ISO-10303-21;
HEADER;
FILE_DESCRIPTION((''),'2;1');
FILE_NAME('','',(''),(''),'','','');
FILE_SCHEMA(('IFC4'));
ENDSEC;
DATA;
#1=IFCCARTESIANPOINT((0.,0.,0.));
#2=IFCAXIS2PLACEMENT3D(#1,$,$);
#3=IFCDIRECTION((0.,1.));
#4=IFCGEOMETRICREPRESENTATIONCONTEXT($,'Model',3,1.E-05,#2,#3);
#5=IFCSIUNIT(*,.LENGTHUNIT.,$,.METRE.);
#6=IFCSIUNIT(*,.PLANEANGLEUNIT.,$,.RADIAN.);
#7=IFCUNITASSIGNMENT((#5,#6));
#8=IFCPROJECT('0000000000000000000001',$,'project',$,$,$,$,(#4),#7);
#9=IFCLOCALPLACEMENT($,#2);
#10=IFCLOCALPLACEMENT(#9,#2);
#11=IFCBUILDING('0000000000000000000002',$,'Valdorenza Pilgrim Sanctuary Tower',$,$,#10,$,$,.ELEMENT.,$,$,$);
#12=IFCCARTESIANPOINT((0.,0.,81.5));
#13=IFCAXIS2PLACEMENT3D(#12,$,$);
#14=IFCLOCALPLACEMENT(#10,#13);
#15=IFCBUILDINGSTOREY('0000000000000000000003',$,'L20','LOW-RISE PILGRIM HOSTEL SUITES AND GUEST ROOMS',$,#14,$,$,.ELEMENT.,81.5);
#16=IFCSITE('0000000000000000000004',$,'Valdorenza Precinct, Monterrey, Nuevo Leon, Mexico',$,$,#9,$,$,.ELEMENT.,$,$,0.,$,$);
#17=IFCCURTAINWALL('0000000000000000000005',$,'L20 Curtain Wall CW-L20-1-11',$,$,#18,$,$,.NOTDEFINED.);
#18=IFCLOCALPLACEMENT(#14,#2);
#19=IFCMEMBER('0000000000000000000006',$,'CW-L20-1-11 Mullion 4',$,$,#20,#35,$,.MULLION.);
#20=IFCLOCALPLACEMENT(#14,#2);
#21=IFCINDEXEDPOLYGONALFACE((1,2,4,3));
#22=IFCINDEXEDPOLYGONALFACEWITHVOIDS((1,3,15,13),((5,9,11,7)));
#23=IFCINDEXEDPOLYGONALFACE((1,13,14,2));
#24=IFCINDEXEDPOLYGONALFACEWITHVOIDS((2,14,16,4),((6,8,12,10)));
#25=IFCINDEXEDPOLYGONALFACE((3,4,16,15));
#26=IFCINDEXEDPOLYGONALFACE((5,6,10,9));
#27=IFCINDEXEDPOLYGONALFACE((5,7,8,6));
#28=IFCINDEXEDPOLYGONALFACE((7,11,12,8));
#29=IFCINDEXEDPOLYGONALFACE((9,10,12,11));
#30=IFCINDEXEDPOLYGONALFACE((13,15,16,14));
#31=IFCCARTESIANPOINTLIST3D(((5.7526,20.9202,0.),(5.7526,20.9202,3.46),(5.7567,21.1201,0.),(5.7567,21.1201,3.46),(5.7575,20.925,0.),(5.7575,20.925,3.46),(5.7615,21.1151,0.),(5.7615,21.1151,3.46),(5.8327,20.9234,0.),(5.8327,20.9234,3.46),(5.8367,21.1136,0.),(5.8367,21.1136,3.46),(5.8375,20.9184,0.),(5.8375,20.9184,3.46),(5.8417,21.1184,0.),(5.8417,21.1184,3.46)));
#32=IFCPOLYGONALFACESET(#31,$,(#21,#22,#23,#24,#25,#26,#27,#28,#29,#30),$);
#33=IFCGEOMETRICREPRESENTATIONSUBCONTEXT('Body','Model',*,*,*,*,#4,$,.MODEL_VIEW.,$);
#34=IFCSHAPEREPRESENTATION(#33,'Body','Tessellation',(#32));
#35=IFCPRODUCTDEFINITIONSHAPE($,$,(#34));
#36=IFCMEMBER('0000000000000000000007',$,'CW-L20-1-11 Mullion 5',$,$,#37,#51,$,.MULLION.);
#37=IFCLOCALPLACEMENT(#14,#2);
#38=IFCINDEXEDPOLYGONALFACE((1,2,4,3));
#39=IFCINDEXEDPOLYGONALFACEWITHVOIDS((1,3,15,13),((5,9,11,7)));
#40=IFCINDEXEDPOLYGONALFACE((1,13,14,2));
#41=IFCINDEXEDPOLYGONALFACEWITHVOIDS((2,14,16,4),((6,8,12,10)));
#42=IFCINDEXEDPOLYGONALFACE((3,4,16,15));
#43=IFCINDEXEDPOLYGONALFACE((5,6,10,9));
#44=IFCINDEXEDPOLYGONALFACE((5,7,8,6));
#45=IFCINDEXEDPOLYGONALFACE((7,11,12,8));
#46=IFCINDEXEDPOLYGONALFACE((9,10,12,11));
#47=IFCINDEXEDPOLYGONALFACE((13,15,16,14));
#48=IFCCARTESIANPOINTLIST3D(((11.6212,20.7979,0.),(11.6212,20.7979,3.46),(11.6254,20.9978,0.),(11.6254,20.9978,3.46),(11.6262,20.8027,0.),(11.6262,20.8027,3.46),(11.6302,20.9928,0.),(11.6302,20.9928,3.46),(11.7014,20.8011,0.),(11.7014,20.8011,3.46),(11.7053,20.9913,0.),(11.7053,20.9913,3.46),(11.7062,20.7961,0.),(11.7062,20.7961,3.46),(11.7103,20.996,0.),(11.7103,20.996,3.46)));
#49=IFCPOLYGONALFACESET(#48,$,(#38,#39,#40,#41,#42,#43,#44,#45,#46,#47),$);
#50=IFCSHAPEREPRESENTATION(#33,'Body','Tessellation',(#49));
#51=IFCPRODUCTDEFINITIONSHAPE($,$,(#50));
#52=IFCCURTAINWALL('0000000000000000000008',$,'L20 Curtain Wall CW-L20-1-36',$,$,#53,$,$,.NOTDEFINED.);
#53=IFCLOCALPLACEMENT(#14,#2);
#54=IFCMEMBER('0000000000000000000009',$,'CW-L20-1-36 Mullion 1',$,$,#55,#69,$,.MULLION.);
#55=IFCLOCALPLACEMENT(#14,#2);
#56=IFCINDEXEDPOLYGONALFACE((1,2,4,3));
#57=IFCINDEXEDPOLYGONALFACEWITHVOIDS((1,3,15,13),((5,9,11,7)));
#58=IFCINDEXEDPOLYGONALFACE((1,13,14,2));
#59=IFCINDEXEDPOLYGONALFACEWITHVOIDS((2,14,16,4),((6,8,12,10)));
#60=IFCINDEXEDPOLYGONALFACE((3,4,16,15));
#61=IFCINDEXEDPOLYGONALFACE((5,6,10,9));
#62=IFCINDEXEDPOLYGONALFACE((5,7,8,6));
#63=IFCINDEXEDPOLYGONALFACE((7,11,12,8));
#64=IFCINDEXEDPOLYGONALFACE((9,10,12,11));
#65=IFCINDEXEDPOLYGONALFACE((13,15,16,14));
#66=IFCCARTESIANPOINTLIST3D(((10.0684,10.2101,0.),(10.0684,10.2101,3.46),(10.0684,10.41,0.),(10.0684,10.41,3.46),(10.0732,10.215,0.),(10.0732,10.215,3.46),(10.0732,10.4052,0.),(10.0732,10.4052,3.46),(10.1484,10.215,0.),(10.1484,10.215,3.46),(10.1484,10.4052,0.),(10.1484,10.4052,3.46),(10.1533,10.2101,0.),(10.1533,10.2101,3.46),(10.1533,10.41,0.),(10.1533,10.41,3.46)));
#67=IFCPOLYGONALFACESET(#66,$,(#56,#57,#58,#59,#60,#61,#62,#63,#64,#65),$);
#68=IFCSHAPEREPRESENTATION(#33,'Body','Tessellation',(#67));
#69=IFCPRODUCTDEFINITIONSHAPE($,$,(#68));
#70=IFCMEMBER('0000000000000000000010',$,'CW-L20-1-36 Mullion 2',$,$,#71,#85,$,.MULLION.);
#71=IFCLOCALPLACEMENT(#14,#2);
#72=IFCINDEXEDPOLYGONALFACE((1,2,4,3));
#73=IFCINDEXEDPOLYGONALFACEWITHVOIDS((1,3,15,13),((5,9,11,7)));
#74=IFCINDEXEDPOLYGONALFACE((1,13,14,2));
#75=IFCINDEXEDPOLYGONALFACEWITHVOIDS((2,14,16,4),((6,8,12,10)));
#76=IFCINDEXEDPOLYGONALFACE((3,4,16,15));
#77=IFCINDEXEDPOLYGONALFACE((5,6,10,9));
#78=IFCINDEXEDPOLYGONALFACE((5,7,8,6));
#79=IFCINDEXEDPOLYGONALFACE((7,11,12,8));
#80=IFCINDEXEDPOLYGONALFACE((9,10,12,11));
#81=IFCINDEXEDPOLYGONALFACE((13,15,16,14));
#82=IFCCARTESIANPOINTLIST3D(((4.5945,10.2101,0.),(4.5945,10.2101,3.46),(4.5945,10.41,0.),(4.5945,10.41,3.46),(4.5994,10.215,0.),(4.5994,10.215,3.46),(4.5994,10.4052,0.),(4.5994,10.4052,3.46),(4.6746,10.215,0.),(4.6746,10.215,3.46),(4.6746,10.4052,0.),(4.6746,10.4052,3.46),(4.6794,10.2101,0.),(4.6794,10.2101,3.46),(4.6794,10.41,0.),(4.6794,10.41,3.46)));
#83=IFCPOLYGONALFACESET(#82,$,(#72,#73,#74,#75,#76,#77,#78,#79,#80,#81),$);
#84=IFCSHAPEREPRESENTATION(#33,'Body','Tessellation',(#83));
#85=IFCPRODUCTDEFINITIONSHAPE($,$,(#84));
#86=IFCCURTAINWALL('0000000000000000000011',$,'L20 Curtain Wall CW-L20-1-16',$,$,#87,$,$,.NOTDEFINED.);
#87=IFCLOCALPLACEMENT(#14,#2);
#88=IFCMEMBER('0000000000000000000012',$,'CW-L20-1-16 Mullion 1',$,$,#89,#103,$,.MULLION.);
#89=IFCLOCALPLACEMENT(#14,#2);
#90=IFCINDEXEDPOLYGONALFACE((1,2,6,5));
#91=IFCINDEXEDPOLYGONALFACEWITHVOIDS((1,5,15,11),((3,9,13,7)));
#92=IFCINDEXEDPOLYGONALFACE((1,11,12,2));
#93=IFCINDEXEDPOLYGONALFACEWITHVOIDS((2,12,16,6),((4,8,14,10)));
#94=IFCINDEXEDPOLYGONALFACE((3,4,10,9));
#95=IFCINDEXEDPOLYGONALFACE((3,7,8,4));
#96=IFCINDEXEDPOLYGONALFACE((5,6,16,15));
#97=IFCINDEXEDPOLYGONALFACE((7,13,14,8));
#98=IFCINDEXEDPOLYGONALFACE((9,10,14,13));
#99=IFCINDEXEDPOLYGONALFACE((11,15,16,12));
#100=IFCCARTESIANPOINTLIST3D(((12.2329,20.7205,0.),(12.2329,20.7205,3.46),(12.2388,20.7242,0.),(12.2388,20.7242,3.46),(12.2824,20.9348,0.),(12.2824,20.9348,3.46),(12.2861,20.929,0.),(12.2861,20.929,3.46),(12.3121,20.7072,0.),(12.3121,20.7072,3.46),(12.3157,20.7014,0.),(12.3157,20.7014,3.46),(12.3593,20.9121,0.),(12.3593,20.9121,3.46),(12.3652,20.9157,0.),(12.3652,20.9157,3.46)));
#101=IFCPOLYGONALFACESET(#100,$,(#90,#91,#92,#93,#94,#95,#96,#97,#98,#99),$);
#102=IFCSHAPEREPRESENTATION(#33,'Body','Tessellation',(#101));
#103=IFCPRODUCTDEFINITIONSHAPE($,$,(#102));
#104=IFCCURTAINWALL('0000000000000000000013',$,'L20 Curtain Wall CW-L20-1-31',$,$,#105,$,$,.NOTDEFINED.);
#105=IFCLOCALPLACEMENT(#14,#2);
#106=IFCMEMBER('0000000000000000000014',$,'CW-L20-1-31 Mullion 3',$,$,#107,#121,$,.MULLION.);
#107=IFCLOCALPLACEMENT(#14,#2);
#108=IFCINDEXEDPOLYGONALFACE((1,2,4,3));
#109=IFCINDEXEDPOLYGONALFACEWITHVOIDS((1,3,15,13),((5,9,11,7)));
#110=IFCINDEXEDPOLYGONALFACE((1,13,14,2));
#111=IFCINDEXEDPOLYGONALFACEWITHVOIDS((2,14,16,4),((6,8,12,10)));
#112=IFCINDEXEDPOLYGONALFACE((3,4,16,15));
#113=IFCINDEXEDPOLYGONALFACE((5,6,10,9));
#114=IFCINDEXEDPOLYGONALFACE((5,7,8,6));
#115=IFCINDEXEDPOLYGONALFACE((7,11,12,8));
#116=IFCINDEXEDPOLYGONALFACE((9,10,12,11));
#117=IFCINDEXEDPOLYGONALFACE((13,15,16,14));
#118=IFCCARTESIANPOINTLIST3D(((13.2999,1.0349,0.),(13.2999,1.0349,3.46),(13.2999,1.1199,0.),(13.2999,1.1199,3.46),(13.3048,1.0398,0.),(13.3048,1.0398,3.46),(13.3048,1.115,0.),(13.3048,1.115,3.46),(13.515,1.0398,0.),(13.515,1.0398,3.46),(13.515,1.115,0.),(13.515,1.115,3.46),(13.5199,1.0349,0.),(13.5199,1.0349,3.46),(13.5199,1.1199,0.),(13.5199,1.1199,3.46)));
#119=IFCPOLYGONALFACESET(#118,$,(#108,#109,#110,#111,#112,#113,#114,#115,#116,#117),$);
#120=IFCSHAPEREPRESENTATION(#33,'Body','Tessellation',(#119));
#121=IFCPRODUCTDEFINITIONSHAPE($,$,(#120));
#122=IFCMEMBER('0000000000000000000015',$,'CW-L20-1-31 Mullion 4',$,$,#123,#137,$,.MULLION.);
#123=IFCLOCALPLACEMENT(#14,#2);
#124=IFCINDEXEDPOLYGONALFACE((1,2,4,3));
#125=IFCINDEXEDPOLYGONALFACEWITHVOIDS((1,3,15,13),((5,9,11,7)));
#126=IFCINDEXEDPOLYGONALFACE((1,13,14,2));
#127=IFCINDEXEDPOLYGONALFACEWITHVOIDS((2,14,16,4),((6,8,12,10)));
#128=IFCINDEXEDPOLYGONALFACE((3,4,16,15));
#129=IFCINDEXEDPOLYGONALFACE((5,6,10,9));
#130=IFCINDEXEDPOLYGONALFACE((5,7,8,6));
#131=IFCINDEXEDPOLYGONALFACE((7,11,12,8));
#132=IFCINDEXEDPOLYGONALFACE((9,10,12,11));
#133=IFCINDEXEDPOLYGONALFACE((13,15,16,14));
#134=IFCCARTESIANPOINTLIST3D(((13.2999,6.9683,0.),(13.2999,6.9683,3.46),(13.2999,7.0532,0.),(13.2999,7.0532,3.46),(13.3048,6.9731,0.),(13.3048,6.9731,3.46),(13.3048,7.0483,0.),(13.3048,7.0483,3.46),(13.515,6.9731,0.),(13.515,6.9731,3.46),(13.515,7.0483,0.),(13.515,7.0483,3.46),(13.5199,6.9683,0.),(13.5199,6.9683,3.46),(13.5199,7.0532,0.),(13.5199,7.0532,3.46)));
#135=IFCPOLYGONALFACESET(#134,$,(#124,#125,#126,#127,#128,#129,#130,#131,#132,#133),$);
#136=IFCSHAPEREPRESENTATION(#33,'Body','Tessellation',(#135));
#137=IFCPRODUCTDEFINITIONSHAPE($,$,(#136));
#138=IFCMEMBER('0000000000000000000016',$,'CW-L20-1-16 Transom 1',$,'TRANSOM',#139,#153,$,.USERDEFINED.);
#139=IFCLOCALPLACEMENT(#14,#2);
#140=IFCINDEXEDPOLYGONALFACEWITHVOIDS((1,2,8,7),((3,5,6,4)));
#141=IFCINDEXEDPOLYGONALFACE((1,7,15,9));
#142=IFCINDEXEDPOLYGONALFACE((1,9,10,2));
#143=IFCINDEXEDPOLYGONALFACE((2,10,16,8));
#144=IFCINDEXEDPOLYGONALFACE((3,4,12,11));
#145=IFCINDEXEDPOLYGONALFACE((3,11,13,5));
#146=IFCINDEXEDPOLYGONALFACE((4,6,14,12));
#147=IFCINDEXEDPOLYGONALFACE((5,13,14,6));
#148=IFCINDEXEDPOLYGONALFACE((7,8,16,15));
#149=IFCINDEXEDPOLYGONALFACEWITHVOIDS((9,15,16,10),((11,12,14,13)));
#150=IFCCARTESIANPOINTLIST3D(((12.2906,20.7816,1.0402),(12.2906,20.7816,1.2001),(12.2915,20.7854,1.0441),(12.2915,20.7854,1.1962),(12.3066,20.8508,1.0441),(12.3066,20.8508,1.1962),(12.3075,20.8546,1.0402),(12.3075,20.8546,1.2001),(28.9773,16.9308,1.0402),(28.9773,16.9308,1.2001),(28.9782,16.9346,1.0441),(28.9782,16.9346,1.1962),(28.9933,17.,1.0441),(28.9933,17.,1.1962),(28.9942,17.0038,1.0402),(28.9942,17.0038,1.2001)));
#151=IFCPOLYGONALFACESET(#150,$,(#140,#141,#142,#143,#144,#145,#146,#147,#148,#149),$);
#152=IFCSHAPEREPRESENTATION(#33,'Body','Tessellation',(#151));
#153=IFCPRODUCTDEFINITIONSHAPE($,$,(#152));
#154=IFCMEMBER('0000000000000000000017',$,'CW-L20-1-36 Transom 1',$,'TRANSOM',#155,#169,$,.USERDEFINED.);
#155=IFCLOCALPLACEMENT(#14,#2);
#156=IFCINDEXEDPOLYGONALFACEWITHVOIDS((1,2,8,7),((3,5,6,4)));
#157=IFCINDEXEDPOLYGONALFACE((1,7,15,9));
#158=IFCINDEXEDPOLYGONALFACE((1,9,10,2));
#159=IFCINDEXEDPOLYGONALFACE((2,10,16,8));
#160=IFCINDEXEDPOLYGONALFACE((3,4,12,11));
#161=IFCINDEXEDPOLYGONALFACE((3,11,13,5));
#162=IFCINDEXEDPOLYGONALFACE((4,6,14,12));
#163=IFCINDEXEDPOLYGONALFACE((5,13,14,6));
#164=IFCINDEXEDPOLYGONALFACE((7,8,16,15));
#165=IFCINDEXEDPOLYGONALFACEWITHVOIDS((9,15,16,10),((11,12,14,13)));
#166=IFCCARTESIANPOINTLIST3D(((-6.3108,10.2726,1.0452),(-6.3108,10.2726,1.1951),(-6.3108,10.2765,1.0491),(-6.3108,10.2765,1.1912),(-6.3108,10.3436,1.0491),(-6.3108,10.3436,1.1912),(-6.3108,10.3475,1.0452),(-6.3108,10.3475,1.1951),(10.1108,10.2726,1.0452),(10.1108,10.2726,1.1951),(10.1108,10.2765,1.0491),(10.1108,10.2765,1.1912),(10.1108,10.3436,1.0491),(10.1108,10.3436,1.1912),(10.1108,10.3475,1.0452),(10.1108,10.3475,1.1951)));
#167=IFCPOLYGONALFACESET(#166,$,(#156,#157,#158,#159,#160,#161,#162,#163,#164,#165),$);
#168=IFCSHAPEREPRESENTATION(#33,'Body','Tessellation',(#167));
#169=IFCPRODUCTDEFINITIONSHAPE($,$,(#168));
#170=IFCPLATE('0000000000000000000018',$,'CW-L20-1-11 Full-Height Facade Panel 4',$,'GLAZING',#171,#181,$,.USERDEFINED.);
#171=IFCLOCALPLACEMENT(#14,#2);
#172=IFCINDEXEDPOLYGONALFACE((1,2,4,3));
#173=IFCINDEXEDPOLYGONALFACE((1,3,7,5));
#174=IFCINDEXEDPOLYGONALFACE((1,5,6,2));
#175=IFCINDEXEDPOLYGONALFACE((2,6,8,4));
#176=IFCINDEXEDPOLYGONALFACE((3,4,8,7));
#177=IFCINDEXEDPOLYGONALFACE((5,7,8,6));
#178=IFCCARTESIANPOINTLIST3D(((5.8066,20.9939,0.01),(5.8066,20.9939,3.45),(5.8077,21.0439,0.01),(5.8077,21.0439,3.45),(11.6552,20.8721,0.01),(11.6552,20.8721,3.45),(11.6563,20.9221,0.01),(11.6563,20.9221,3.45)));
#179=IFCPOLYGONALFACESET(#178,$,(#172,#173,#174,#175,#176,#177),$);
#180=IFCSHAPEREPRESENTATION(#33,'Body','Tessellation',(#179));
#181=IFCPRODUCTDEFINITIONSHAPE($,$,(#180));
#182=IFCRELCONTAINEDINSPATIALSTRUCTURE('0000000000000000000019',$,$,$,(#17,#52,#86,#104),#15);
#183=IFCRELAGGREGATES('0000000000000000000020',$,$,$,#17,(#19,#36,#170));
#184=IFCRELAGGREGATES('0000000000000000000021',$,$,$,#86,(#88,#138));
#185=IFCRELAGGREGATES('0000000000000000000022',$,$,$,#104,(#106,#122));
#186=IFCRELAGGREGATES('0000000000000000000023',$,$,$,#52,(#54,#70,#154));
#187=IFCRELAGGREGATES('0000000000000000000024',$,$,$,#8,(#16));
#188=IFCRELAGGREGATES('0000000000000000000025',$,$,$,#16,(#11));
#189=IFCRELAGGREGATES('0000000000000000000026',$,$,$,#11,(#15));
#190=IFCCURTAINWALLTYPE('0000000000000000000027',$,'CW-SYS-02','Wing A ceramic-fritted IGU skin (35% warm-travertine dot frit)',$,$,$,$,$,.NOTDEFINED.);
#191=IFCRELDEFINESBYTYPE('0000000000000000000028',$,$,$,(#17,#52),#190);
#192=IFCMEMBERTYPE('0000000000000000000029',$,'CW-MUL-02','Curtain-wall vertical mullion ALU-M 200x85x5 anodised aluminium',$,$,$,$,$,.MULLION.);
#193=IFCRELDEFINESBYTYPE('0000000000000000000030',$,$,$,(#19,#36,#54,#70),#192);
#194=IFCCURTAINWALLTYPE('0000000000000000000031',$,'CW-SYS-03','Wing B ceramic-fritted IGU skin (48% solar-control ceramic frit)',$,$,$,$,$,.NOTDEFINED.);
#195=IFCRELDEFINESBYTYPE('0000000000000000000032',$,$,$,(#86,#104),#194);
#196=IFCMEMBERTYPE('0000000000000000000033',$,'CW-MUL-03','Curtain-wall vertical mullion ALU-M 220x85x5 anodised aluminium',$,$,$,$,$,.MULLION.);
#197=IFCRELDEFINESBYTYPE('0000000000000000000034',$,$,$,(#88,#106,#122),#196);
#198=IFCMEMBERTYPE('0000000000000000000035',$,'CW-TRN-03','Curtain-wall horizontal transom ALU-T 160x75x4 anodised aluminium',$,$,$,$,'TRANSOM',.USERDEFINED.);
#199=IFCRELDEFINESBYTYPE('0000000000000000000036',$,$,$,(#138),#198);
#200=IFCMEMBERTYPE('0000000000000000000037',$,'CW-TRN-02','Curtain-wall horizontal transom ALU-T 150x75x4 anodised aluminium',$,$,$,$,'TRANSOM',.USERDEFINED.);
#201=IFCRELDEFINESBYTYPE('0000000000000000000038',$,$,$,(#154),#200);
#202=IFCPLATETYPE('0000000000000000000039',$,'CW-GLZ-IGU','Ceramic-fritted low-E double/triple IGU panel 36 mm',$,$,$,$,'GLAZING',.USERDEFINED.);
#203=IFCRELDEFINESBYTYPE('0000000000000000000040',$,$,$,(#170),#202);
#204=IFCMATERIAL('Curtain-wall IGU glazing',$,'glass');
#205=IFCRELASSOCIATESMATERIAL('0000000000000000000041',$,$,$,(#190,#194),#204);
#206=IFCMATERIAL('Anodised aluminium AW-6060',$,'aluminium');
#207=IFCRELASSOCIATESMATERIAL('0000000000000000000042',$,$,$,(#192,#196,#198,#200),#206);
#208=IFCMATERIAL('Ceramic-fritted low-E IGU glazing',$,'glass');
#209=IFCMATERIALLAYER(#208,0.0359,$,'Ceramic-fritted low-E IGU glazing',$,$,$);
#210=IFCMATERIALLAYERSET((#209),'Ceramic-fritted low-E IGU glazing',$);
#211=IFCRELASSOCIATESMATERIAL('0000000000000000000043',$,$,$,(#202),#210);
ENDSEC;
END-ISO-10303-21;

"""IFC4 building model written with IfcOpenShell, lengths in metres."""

from ifc_helpers import new_model, si_unit, direction, frame, origin, origin_2d, place, context, subcontext, project, spatial, rectangle, hollow_rectangle, extrude, source, transform, mapped, material, layer, layer_set, material_profile, profile_set, type_object, element, aggregate, save


model = new_model("IFC4")

# Units and contexts
model_context = context("Model", 3, precision=1e-05, world=origin(), true_north=direction((0.0, 1.0)))
body_context = subcontext(model_context, "Body", "Model", "MODEL_VIEW")
ifc_project = project(units=[si_unit("LENGTHUNIT", "METRE"), si_unit("PLANEANGLEUNIT", "RADIAN")], contexts=[model_context])

# Site, building, storey
site_placement = place(None, origin())
site = spatial("IfcSite", under=ifc_project, at=site_placement, Name="Valdorenza Precinct, Monterrey, Nuevo Leon, Mexico", CompositionType="ELEMENT", RefElevation=0.0)
building_placement = place(site_placement, origin())
building = spatial("IfcBuilding", under=site, at=building_placement, Name="Valdorenza Pilgrim Sanctuary Tower", CompositionType="ELEMENT")
storey_placement = place(building_placement, frame((0.0, 0.0, 81.5)))
storey = spatial("IfcBuildingStorey", under=building, at=storey_placement, Name="L20", Description="LOW-RISE PILGRIM HOSTEL SUITES AND GUEST ROOMS", CompositionType="ELEMENT", Elevation=81.5)

# Curtain walls, members
ifc_material_1 = material(Name="Curtain-wall IGU glazing", Category="glass")
curtain_wall_type_1 = type_object("IfcCurtainWallType", Name="CW-SYS-02", Description="Wing A ceramic-fritted IGU skin (35% warm-travertine dot frit)", PredefinedType="NOTDEFINED", material=ifc_material_1)
curtain_wall_1_placement = place(storey_placement, origin())
curtain_wall_1 = element("IfcCurtainWall", 1, at=curtain_wall_1_placement, inside=storey, type_object=curtain_wall_type_1, Name="L20 Curtain Wall CW-L20-1-11", PredefinedType="NOTDEFINED")
ifc_material_2 = material(Name="Anodised aluminium AW-6060", Category="aluminium")
ifc_material_profile_1 = material_profile(ifc_material_2, hollow_rectangle(XDim=0.085, YDim=0.2, WallThickness=0.0049, at=origin_2d()), Name="ALU-M 200x85x5")
ifc_profile_set_1 = profile_set([ifc_material_profile_1], Name="Anodised aluminium AW-6060")
member_type_1 = type_object("IfcMemberType", Name="CW-MUL-02", Description="Curtain-wall vertical mullion ALU-M 200x85x5 anodised aluminium", PredefinedType="MULLION", material=ifc_profile_set_1)
shared_shape_1 = source(origin(), body_context, "Body", "SweptSolid", [
    extrude(hollow_rectangle(XDim=0.085, YDim=0.2, WallThickness=0.0049, at=origin_2d()), origin(), (0.0, 0.0, 1.0), 3.46),
])
member_1_placement = place(storey_placement, frame((5.7971, 21.0193, 0.0), z_axis=(0.0, 0.0, 1.0), x_axis=(0.999783, -0.02082, 0.0)))
member_1 = element("IfcMember", 2, at=member_1_placement, type_object=member_type_1, Name="CW-L20-1-11 Mullion 4", PredefinedType="MULLION", context=body_context, shape_type="MappedRepresentation", body=[
    mapped(shared_shape_1, transform((0.0, 0.0, 0.0), x_axis=(1.0, 0.0, 0.0), y_axis=(0.0, 1.0, 0.0), z_axis=(0.0, 0.0, 1.0), scale=1.0)),
])
member_2_placement = place(storey_placement, frame((11.6658, 20.897, 0.0), z_axis=(0.0, 0.0, 1.0), x_axis=(0.999783, -0.02082, 0.0)))
member_2 = element("IfcMember", 3, at=member_2_placement, type_object=member_type_1, Name="CW-L20-1-11 Mullion 5", PredefinedType="MULLION", context=body_context, shape_type="MappedRepresentation", body=[
    mapped(shared_shape_1, transform((0.0, 0.0, 0.0), x_axis=(1.0, 0.0, 0.0), y_axis=(0.0, 1.0, 0.0), z_axis=(0.0, 0.0, 1.0), scale=1.0)),
])
curtain_wall_2_placement = place(storey_placement, origin())
curtain_wall_2 = element("IfcCurtainWall", 4, at=curtain_wall_2_placement, inside=storey, type_object=curtain_wall_type_1, Name="L20 Curtain Wall CW-L20-1-36", PredefinedType="NOTDEFINED")
member_3_placement = place(storey_placement, frame((10.1108, 10.3101, 0.0), z_axis=(0.0, 0.0, 1.0), x_axis=(-1.0, 0.0, 0.0)))
member_3 = element("IfcMember", 5, at=member_3_placement, type_object=member_type_1, Name="CW-L20-1-36 Mullion 1", PredefinedType="MULLION", context=body_context, shape_type="MappedRepresentation", body=[
    mapped(shared_shape_1, transform((0.0, 0.0, 0.0), x_axis=(1.0, 0.0, 0.0), y_axis=(0.0, 1.0, 0.0), z_axis=(0.0, 0.0, 1.0), scale=1.0)),
])
member_4_placement = place(storey_placement, frame((4.637, 10.3101, 0.0), z_axis=(0.0, 0.0, 1.0), x_axis=(-1.0, 0.0, 0.0)))
member_4 = element("IfcMember", 6, at=member_4_placement, type_object=member_type_1, Name="CW-L20-1-36 Mullion 2", PredefinedType="MULLION", context=body_context, shape_type="MappedRepresentation", body=[
    mapped(shared_shape_1, transform((0.0, 0.0, 0.0), x_axis=(1.0, 0.0, 0.0), y_axis=(0.0, 1.0, 0.0), z_axis=(0.0, 0.0, 1.0), scale=1.0)),
])

# Curtain wall, member
curtain_wall_type_2 = type_object("IfcCurtainWallType", Name="CW-SYS-03", Description="Wing B ceramic-fritted IGU skin (48% solar-control ceramic frit)", PredefinedType="NOTDEFINED", material=ifc_material_1)
curtain_wall_3_placement = place(storey_placement, origin())
curtain_wall_3 = element("IfcCurtainWall", 7, at=curtain_wall_3_placement, inside=storey, type_object=curtain_wall_type_2, Name="L20 Curtain Wall CW-L20-1-16", PredefinedType="NOTDEFINED")
ifc_material_profile_2 = material_profile(ifc_material_2, hollow_rectangle(XDim=0.085, YDim=0.22, WallThickness=0.0049, at=origin_2d()), Name="ALU-M 220x85x5")
ifc_profile_set_2 = profile_set([ifc_material_profile_2], Name="Anodised aluminium AW-6060")
member_type_2 = type_object("IfcMemberType", Name="CW-MUL-03", Description="Curtain-wall vertical mullion ALU-M 220x85x5 anodised aluminium", PredefinedType="MULLION", material=ifc_profile_set_2)
shared_shape_2 = source(origin(), body_context, "Body", "SweptSolid", [
    extrude(hollow_rectangle(XDim=0.085, YDim=0.22, WallThickness=0.0049, at=origin_2d()), origin(), (0.0, 0.0, 1.0), 3.46),
])
member_5_placement = place(storey_placement, frame((12.2991, 20.8181, 0.0), z_axis=(0.0, 0.0, 1.0), x_axis=(0.97439, -0.224866, 0.0)))
member_5 = element("IfcMember", 8, at=member_5_placement, type_object=member_type_2, Name="CW-L20-1-16 Mullion 1", PredefinedType="MULLION", context=body_context, shape_type="MappedRepresentation", body=[
    mapped(shared_shape_2, transform((0.0, 0.0, 0.0), x_axis=(1.0, 0.0, 0.0), y_axis=(0.0, 1.0, 0.0), z_axis=(0.0, 0.0, 1.0), scale=1.0)),
])

# Curtain wall, members
curtain_wall_4_placement = place(storey_placement, origin())
curtain_wall_4 = element("IfcCurtainWall", 9, at=curtain_wall_4_placement, inside=storey, type_object=curtain_wall_type_2, Name="L20 Curtain Wall CW-L20-1-31", PredefinedType="NOTDEFINED")
member_6_placement = place(storey_placement, frame((13.4099, 1.0774, 0.0), z_axis=(0.0, 0.0, 1.0), x_axis=(0.0, 1.0, 0.0)))
member_6 = element("IfcMember", 10, at=member_6_placement, type_object=member_type_2, Name="CW-L20-1-31 Mullion 3", PredefinedType="MULLION", context=body_context, shape_type="MappedRepresentation", body=[
    mapped(shared_shape_2, transform((0.0, 0.0, 0.0), x_axis=(1.0, 0.0, 0.0), y_axis=(0.0, 1.0, 0.0), z_axis=(0.0, 0.0, 1.0), scale=1.0)),
])
member_7_placement = place(storey_placement, frame((13.4099, 7.0107, 0.0), z_axis=(0.0, 0.0, 1.0), x_axis=(0.0, 1.0, 0.0)))
member_7 = element("IfcMember", 11, at=member_7_placement, type_object=member_type_2, Name="CW-L20-1-31 Mullion 4", PredefinedType="MULLION", context=body_context, shape_type="MappedRepresentation", body=[
    mapped(shared_shape_2, transform((0.0, 0.0, 0.0), x_axis=(1.0, 0.0, 0.0), y_axis=(0.0, 1.0, 0.0), z_axis=(0.0, 0.0, 1.0), scale=1.0)),
])

# Members
ifc_material_profile_3 = material_profile(ifc_material_2, hollow_rectangle(XDim=0.075, YDim=0.1599, WallThickness=0.0039, at=origin_2d()), Name="ALU-T 160x75x4")
ifc_profile_set_3 = profile_set([ifc_material_profile_3], Name="Anodised aluminium AW-6060")
member_type_3 = type_object("IfcMemberType", Name="CW-TRN-03", Description="Curtain-wall horizontal transom ALU-T 160x75x4 anodised aluminium", ElementType="TRANSOM", PredefinedType="USERDEFINED", material=ifc_profile_set_3)
shared_shape_3 = source(origin(), body_context, "Body", "SweptSolid", [
    extrude(hollow_rectangle(XDim=0.075, YDim=0.1599, WallThickness=0.0039, at=origin_2d()), origin(), (0.0, 0.0, 1.0), 17.1252),
])
member_8_placement = place(storey_placement, frame((12.2991, 20.8181, 1.1201), z_axis=(0.974391, -0.224862, 0.0), x_axis=(0.224862, 0.974391, 0.0)))
member_8 = element("IfcMember", 12, at=member_8_placement, type_object=member_type_3, Name="CW-L20-1-16 Transom 1", ObjectType="TRANSOM", PredefinedType="USERDEFINED", context=body_context, shape_type="MappedRepresentation", body=[
    mapped(shared_shape_3, transform((0.0, 0.0, 0.0), x_axis=(1.0, 0.0, 0.0), y_axis=(0.0, 1.0, 0.0), z_axis=(0.0, 0.0, 1.0), scale=1.0)),
])
ifc_material_profile_4 = material_profile(ifc_material_2, hollow_rectangle(XDim=0.075, YDim=0.1499, WallThickness=0.0039, at=origin_2d()), Name="ALU-T 150x75x4")
ifc_profile_set_4 = profile_set([ifc_material_profile_4], Name="Anodised aluminium AW-6060")
member_type_4 = type_object("IfcMemberType", Name="CW-TRN-02", Description="Curtain-wall horizontal transom ALU-T 150x75x4 anodised aluminium", ElementType="TRANSOM", PredefinedType="USERDEFINED", material=ifc_profile_set_4)
shared_shape_4 = source(origin(), body_context, "Body", "SweptSolid", [
    extrude(hollow_rectangle(XDim=0.075, YDim=0.1499, WallThickness=0.0039, at=origin_2d()), origin(), (0.0, 0.0, 1.0), 16.4216),
])
member_9_placement = place(storey_placement, frame((10.1108, 10.3101, 1.1201), z_axis=(-1.0, 0.0, 0.0), x_axis=(0.0, -1.0, 0.0)))
member_9 = element("IfcMember", 13, at=member_9_placement, type_object=member_type_4, Name="CW-L20-1-36 Transom 1", ObjectType="TRANSOM", PredefinedType="USERDEFINED", context=body_context, shape_type="MappedRepresentation", body=[
    mapped(shared_shape_4, transform((0.0, 0.0, 0.0), x_axis=(1.0, 0.0, 0.0), y_axis=(0.0, 1.0, 0.0), z_axis=(0.0, 0.0, 1.0), scale=1.0)),
])

# Plate
ifc_material_3 = material(Name="Ceramic-fritted low-E IGU glazing", Category="glass")
ifc_layer_1 = layer(ifc_material_3, 0.0359, Name="Ceramic-fritted low-E IGU glazing")
ifc_layer_set_1 = layer_set([ifc_layer_1], Name="Ceramic-fritted low-E IGU glazing")
plate_type_1 = type_object("IfcPlateType", Name="CW-GLZ-IGU", Description="Ceramic-fritted low-E double/triple IGU panel 36 mm", ElementType="GLAZING", PredefinedType="USERDEFINED", material=ifc_layer_set_1)
shared_shape_5 = source(origin(), body_context, "Body", "SweptSolid", [
    extrude(rectangle(XDim=5.8499, YDim=0.05, at=origin_2d()), origin(), (0.0, 0.0, 1.0), 3.4399),
])
plate_1_placement = place(storey_placement, frame((8.7314, 20.958, 0.01), z_axis=(0.0, 0.0, 1.0), x_axis=(0.999783, -0.02082, 0.0)))
plate_1 = element("IfcPlate", 14, at=plate_1_placement, type_object=plate_type_1, Name="CW-L20-1-11 Full-Height Facade Panel 4", ObjectType="GLAZING", PredefinedType="USERDEFINED", context=body_context, shape_type="MappedRepresentation", body=[
    mapped(shared_shape_5, transform((0.0, 0.0, 0.0), x_axis=(1.0, 0.0, 0.0), y_axis=(0.0, 1.0, 0.0), z_axis=(0.0, 0.0, 1.0), scale=1.0)),
])
aggregate(curtain_wall_1, [member_1, member_2, plate_1])
aggregate(curtain_wall_3, [member_5, member_8])
aggregate(curtain_wall_4, [member_6, member_7])
aggregate(curtain_wall_2, [member_3, member_4, member_9])

save(model, "model.ifc")
